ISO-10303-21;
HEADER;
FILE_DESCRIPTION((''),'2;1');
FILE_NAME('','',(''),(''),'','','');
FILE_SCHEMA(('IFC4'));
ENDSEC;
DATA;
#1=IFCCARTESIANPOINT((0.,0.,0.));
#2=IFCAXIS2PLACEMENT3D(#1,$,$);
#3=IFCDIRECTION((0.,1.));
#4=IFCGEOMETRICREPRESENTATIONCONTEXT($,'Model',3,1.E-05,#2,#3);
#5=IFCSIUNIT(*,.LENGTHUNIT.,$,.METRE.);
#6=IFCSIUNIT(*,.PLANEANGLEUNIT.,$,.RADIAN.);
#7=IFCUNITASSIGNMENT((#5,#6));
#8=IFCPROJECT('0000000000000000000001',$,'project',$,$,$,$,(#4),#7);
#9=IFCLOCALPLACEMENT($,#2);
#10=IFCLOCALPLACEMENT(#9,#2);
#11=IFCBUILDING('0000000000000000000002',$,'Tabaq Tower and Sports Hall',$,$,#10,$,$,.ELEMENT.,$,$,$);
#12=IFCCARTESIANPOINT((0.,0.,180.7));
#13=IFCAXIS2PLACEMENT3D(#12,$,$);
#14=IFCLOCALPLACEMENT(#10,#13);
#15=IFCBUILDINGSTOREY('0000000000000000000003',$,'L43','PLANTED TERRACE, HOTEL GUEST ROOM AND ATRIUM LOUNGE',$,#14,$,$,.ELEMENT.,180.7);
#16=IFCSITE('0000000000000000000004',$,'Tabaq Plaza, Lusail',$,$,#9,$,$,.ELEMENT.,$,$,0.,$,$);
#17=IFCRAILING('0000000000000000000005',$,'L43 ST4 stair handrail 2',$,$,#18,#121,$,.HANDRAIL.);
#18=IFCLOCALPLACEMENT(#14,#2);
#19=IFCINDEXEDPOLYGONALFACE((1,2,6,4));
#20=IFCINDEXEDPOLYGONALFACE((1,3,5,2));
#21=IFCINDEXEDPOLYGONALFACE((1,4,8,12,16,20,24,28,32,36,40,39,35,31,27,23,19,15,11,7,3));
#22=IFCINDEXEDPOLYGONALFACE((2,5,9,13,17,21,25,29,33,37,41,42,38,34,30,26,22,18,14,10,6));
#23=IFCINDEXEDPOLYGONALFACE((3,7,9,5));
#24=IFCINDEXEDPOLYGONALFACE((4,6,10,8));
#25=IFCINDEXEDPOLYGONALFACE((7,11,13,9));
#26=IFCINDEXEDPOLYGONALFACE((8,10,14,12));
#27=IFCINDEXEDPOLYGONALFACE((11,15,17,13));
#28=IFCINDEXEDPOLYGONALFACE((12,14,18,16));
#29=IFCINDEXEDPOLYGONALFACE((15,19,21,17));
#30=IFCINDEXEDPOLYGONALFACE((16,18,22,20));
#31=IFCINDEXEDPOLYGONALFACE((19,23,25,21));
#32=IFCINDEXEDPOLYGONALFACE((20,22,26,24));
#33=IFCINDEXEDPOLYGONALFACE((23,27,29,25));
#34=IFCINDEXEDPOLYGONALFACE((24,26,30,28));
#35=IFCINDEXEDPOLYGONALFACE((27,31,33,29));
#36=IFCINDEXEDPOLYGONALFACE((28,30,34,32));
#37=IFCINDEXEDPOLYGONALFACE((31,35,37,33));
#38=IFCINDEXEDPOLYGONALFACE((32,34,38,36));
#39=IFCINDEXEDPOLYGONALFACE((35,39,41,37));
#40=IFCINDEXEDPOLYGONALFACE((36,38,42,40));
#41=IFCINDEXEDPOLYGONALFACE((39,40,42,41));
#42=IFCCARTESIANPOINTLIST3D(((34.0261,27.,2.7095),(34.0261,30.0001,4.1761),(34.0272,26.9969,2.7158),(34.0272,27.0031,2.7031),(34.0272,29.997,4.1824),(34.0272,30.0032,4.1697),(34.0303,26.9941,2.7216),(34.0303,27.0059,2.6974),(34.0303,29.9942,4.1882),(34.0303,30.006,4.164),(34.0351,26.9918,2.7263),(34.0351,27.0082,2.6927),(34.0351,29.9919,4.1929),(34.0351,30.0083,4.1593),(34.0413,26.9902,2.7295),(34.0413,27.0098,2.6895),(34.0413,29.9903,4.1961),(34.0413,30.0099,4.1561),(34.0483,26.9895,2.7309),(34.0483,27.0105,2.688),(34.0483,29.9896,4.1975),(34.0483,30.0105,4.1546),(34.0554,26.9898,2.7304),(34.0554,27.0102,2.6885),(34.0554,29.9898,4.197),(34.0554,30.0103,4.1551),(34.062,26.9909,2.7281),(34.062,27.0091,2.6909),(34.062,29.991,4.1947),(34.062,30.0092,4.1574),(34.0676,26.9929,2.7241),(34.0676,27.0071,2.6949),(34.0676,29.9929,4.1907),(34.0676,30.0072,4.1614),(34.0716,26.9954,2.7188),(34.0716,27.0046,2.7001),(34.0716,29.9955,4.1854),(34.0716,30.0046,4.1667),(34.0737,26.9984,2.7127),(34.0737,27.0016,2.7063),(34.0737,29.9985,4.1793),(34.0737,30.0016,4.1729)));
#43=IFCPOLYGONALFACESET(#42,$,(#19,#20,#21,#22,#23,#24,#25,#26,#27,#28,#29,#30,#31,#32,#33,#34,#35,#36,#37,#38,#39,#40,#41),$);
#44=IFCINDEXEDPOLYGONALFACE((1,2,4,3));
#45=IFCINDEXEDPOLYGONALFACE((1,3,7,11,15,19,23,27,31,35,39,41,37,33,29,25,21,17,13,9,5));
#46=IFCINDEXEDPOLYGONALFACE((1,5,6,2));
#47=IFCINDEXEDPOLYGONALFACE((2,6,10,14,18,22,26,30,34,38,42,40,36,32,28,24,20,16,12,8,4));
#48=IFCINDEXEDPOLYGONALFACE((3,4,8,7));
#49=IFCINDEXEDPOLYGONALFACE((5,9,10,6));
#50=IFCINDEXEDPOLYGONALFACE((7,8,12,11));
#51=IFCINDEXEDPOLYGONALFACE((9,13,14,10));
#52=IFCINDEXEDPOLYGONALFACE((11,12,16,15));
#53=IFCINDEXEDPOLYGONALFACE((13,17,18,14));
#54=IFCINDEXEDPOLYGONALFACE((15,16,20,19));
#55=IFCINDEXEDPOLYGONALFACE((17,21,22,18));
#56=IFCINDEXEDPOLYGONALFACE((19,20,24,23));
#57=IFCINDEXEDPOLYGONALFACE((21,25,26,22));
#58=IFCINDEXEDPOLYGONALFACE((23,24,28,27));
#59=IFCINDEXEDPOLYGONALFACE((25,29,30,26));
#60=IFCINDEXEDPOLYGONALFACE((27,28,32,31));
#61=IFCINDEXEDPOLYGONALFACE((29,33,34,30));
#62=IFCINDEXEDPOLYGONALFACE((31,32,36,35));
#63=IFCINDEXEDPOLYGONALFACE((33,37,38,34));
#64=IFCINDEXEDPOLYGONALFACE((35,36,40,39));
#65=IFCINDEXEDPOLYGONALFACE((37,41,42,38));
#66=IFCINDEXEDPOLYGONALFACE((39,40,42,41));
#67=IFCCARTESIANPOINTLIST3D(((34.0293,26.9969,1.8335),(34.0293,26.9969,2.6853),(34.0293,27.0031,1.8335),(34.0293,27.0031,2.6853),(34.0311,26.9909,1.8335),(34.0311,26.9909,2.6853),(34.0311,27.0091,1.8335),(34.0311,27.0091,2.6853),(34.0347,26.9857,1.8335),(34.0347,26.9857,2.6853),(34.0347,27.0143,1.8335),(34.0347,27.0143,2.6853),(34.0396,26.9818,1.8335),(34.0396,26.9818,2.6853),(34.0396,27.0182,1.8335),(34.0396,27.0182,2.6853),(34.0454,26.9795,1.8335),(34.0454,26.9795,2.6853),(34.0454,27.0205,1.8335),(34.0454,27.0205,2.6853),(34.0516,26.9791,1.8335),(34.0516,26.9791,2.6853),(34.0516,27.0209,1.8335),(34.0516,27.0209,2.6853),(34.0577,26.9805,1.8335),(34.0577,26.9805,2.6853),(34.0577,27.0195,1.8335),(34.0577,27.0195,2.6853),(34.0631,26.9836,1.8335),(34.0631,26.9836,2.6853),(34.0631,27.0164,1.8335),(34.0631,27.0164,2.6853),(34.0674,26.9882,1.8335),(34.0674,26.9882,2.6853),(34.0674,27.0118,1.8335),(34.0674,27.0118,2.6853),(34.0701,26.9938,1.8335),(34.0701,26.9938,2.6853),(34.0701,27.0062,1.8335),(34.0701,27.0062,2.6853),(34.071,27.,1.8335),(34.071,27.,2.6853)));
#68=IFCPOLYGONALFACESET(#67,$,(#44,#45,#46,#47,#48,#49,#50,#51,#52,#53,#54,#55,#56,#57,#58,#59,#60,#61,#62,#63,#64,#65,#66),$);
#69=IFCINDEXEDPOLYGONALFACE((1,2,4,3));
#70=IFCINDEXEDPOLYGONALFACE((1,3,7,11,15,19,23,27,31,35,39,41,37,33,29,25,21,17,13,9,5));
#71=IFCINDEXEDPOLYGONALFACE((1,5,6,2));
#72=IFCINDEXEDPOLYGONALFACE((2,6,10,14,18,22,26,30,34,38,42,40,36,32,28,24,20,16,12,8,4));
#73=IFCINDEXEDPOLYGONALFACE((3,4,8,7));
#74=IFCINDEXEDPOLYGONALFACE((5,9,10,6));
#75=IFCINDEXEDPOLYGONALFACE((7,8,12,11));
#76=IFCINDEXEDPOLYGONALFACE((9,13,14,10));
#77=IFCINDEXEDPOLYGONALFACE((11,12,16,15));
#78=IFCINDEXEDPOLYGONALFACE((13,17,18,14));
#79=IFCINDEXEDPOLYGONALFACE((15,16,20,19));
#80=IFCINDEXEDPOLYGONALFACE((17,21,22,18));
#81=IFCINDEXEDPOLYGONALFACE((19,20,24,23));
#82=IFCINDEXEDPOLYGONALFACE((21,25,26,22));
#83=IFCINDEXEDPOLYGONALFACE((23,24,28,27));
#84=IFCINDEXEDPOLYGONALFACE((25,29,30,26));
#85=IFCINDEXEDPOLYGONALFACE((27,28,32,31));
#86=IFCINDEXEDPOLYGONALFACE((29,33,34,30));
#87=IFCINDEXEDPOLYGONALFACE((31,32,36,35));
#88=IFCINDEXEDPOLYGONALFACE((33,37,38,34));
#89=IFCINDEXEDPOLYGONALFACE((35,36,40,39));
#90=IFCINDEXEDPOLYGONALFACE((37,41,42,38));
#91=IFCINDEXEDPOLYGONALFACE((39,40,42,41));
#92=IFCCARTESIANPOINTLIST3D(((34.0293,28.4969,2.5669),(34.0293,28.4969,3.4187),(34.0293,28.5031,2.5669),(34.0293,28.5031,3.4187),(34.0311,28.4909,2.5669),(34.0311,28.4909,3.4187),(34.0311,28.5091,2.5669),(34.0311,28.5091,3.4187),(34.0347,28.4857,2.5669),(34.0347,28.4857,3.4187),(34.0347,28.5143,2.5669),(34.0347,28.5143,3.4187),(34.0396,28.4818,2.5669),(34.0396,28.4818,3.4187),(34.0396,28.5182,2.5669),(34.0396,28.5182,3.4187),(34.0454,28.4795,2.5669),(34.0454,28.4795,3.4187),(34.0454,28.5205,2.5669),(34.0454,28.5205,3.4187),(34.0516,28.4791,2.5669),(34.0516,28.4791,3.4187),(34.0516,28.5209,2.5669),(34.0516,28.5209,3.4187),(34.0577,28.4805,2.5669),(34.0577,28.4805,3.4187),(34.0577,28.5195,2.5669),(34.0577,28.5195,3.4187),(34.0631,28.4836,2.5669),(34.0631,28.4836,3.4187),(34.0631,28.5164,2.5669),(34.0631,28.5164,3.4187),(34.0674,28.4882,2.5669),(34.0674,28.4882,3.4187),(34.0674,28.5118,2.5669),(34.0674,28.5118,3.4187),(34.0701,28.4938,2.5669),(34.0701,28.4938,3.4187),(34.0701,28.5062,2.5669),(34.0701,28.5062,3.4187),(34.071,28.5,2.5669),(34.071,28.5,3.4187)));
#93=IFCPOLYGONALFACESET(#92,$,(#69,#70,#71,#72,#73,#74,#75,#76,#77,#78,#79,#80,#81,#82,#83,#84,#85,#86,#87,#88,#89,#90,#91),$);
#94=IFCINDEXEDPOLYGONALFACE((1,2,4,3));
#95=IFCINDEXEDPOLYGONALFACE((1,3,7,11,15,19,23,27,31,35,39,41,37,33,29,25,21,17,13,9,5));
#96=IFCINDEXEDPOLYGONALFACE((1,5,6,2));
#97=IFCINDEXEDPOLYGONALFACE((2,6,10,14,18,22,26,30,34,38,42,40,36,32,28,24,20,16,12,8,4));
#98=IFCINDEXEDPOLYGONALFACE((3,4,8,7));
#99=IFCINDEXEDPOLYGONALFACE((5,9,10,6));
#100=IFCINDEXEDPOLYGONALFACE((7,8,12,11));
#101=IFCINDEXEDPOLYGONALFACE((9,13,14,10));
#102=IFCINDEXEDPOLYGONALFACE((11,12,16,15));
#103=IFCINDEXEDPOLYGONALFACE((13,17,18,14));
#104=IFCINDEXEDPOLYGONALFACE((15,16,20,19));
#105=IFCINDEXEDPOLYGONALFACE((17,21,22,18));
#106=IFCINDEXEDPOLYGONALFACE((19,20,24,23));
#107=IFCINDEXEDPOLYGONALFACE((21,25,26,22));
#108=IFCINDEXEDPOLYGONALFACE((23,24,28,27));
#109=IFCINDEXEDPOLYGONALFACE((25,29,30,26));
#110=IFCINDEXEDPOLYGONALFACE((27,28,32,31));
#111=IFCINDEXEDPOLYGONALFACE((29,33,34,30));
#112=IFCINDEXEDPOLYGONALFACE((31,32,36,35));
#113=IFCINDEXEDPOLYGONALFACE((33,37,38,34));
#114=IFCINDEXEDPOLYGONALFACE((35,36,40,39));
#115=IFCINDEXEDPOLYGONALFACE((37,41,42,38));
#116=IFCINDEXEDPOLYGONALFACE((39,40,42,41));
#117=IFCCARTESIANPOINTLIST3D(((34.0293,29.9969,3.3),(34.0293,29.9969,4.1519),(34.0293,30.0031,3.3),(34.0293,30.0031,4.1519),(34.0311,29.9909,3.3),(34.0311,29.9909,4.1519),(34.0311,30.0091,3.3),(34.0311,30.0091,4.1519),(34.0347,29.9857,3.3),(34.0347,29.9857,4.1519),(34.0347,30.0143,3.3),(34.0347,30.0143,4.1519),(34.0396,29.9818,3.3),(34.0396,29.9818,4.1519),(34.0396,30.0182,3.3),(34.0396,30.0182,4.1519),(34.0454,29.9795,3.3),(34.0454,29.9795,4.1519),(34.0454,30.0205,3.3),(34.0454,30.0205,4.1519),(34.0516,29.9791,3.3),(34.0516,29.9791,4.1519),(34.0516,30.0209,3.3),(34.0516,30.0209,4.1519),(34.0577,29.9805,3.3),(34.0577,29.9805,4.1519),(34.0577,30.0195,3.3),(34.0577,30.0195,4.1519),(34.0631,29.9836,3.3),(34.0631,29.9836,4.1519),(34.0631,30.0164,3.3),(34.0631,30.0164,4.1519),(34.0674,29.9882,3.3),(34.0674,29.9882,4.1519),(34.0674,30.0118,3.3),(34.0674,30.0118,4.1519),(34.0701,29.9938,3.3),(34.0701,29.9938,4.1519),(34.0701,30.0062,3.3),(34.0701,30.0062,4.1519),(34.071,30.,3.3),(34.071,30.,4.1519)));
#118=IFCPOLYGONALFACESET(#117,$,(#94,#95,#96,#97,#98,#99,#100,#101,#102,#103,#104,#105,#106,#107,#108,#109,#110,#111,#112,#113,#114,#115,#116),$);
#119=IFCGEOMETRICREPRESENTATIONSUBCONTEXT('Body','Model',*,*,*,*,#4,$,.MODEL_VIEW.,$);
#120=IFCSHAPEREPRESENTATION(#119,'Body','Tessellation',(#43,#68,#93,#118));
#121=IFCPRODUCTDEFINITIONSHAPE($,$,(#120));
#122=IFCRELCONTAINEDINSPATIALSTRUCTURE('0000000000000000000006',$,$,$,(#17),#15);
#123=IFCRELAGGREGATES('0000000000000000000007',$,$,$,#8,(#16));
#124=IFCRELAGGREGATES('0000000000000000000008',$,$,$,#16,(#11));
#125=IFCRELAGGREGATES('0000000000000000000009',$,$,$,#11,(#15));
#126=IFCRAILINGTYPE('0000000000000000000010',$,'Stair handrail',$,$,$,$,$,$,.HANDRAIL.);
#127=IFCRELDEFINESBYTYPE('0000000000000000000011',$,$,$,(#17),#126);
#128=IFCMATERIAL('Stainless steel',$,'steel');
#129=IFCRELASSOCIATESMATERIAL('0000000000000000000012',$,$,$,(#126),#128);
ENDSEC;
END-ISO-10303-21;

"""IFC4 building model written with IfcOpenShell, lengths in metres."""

from ifc_helpers import new_model, si_unit, direction, frame, origin, origin_2d, place, context, subcontext, project, spatial, circle, extrude, material, type_object, element, save


model = new_model("IFC4")

# Units and contexts
model_context = context("Model", 3, precision=1e-05, world=origin(), true_north=direction((0.0, 1.0)))
body_context = subcontext(model_context, "Body", "Model", "MODEL_VIEW")
ifc_project = project(units=[si_unit("LENGTHUNIT", "METRE"), si_unit("PLANEANGLEUNIT", "RADIAN")], contexts=[model_context])

# Site, building, storey
site_placement = place(None, origin())
site = spatial("IfcSite", under=ifc_project, at=site_placement, Name="Tabaq Plaza, Lusail", CompositionType="ELEMENT", RefElevation=0.0)
building_placement = place(site_placement, origin())
building = spatial("IfcBuilding", under=site, at=building_placement, Name="Tabaq Tower and Sports Hall", CompositionType="ELEMENT")
storey_placement = place(building_placement, frame((0.0, 0.0, 180.7)))
storey = spatial("IfcBuildingStorey", under=building, at=storey_placement, Name="L43", Description="PLANTED TERRACE, HOTEL GUEST ROOM AND ATRIUM LOUNGE", CompositionType="ELEMENT", Elevation=180.7)

# Railing
ifc_material_1 = material(Name="Stainless steel", Category="steel")
railing_type_1 = type_object("IfcRailingType", Name="Stair handrail", PredefinedType="HANDRAIL", material=ifc_material_1)
railing_1_placement = place(storey_placement, frame((34.05, 27.0, 1.8335)))
element("IfcRailing", 1, at=railing_1_placement, inside=storey, type_object=railing_type_1, Name="L43 ST4 stair handrail 2", PredefinedType="HANDRAIL", context=body_context, shape_type="SweptSolid", body=[
    extrude(circle(Radius=0.0239, at=origin_2d()), frame((0.0, 0.0, 0.876), z_axis=(0.0, 0.898398, 0.439183), x_axis=(-1.0, 0.0, 0.0)), (0.0, 0.0, 1.0), 3.3394),
    extrude(circle(Radius=0.021, at=origin_2d()), origin(), (0.0, 0.0, 1.0), 0.8518),
    extrude(circle(Radius=0.021, at=origin_2d()), frame((0.0, 1.5, 0.7334)), (0.0, 0.0, 1.0), 0.8518),
    extrude(circle(Radius=0.021, at=origin_2d()), frame((0.0, 3.0, 1.4666)), (0.0, 0.0, 1.0), 0.8518),
])

save(model, "model.ifc")
